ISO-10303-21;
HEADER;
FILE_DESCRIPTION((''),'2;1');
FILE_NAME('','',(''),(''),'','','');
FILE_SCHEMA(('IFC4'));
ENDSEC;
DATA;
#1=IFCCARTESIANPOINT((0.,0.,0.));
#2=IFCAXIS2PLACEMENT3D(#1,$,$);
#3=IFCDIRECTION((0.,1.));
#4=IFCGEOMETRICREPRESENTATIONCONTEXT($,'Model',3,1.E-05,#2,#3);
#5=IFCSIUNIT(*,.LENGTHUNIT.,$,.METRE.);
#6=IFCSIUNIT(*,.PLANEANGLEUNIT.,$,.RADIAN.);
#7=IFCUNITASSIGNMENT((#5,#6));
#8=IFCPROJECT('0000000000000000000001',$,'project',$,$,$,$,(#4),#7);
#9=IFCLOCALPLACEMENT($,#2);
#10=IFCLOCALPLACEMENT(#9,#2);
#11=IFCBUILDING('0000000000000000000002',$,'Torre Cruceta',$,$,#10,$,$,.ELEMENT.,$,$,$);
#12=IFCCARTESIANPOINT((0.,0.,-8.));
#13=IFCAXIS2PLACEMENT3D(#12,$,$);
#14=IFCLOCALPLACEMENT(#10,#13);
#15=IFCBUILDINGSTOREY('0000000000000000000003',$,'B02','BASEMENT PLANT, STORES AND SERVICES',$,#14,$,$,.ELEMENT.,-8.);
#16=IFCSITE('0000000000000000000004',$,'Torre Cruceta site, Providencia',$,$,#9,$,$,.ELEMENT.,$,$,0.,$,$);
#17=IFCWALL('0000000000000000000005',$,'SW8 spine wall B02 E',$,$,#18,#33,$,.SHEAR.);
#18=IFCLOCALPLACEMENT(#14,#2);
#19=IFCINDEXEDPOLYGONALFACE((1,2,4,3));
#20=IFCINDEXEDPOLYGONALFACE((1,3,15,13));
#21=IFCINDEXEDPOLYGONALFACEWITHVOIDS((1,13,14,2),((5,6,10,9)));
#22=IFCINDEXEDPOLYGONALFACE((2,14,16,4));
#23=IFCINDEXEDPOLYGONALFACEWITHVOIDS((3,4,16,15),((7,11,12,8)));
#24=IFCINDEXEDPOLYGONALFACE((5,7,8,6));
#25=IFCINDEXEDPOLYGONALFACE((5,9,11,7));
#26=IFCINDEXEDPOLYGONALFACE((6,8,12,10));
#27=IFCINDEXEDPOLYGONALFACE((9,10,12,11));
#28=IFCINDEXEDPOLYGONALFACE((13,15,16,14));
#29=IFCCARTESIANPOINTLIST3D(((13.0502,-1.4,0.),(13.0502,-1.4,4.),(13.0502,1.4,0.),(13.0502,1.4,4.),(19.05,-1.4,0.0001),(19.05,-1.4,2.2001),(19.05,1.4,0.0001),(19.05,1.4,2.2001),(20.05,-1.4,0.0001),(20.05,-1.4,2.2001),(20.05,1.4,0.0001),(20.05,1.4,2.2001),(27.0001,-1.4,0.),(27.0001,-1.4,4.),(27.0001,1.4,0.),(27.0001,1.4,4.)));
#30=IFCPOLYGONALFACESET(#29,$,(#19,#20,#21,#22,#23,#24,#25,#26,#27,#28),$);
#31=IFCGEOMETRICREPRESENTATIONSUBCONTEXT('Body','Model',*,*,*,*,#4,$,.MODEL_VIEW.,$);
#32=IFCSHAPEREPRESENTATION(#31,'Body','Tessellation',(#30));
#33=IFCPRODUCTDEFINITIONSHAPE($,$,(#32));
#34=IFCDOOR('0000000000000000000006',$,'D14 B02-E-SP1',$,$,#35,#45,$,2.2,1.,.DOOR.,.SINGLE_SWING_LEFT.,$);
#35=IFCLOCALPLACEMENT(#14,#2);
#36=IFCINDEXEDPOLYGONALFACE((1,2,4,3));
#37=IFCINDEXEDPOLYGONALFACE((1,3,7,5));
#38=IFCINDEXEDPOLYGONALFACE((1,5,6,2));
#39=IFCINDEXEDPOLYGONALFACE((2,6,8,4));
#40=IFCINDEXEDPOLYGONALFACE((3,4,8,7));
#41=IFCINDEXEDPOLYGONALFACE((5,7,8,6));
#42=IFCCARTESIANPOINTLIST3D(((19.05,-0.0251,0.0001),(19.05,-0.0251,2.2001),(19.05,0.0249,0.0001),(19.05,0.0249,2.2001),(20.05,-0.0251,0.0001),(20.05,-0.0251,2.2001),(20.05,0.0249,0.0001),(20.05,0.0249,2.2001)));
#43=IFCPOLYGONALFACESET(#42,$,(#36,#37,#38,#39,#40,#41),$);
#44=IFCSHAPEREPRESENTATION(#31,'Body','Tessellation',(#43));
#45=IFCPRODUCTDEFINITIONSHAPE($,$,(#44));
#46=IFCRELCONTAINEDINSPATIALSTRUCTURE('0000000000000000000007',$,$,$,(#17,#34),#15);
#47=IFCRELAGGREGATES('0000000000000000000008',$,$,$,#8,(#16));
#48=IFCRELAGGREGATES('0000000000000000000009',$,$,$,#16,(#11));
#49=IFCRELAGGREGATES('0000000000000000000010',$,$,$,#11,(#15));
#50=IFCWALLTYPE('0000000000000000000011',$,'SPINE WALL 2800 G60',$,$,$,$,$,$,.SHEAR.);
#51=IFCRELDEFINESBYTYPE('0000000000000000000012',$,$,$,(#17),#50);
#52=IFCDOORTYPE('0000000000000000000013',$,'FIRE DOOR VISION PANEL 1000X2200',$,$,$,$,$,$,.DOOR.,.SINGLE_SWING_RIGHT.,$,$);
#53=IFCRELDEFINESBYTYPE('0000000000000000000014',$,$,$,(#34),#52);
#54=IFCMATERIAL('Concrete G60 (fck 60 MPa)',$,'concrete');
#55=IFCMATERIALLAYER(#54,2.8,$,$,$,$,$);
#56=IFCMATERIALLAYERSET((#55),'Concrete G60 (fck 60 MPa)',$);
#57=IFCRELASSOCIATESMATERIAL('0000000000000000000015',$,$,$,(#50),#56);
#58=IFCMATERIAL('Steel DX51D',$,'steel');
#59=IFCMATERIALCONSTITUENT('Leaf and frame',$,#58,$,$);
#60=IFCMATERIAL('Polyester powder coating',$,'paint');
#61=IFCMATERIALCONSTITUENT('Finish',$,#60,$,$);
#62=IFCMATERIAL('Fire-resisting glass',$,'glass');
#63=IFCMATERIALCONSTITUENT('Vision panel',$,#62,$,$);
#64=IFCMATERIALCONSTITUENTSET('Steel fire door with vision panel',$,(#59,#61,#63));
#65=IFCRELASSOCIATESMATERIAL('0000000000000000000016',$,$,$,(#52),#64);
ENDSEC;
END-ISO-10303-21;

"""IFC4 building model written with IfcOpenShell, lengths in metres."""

from ifc_helpers import new_model, si_unit, direction, frame, frame_2d, origin, place, context, subcontext, project, spatial, rectangle, extrude, material, layer, layer_set, constituent, constituent_set, type_object, element, fill, save


model = new_model("IFC4")

# Units and contexts
model_context = context("Model", 3, precision=1e-05, world=origin(), true_north=direction((0.0, 1.0)))
body_context = subcontext(model_context, "Body", "Model", "MODEL_VIEW")
ifc_project = project(units=[si_unit("LENGTHUNIT", "METRE"), si_unit("PLANEANGLEUNIT", "RADIAN")], contexts=[model_context])

# Site, building, storey
site_placement = place(None, origin())
site = spatial("IfcSite", under=ifc_project, at=site_placement, Name="Torre Cruceta site, Providencia", CompositionType="ELEMENT", RefElevation=0.0)
building_placement = place(site_placement, origin())
building = spatial("IfcBuilding", under=site, at=building_placement, Name="Torre Cruceta", CompositionType="ELEMENT")
storey_placement = place(building_placement, frame((0.0, 0.0, -8.0)))
storey = spatial("IfcBuildingStorey", under=building, at=storey_placement, Name="B02", Description="BASEMENT PLANT, STORES AND SERVICES", CompositionType="ELEMENT", Elevation=-8.0)

# Wall, opening, door
ifc_material_1 = material(Name="Concrete G60 (fck 60 MPa)", Category="concrete")
ifc_layer_1 = layer(ifc_material_1, 2.8)
ifc_layer_set_1 = layer_set([ifc_layer_1], Name="Concrete G60 (fck 60 MPa)")
wall_type_1 = type_object("IfcWallType", Name="SPINE WALL 2800 G60", PredefinedType="SHEAR", material=ifc_layer_set_1)
wall_1_placement = place(storey_placement, frame((13.05, 0.0, 0.0), z_axis=(0.0, 0.0, 1.0), x_axis=(1.0, 0.0, 0.0)))
wall_1 = element("IfcWall", 1, at=wall_1_placement, inside=storey, type_object=wall_type_1, Name="SW8 spine wall B02 E", PredefinedType="SHEAR", context=body_context, shape_type="SweptSolid", body=[
    extrude(rectangle(XDim=13.95, YDim=2.8, at=frame_2d((6.9751, 0.0))), origin(), (0.0, 0.0, 1.0), 4.0),
])
opening_placement = place(wall_1_placement, frame((6.0, 0.0, 0.0)))
opening = element("IfcOpeningElement", 2, at=opening_placement, cuts=wall_1, PredefinedType="OPENING", context=body_context, shape_type="SweptSolid", body=[
    extrude(rectangle(XDim=1.0, YDim=2.2, at=frame_2d((0.5, 1.1001))), frame((0.0, 1.4099, 0.0), z_axis=(0.0, -1.0, 0.0), x_axis=(1.0, 0.0, 0.0)), (0.0, 0.0, 1.0), 2.8201),
])
ifc_material_2 = material(Name="Steel DX51D", Category="steel")
ifc_constituent_1 = constituent(ifc_material_2, Name="Leaf and frame")
ifc_material_3 = material(Name="Polyester powder coating", Category="paint")
ifc_constituent_2 = constituent(ifc_material_3, Name="Finish")
ifc_material_4 = material(Name="Fire-resisting glass", Category="glass")
ifc_constituent_3 = constituent(ifc_material_4, Name="Vision panel")
ifc_constituent_set = constituent_set(constituents=[ifc_constituent_1, ifc_constituent_2, ifc_constituent_3], Name="Steel fire door with vision panel")
door_type = type_object("IfcDoorType", Name="FIRE DOOR VISION PANEL 1000X2200", OperationType="SINGLE_SWING_RIGHT", PredefinedType="DOOR", material=ifc_constituent_set)
door_placement = place(opening_placement, frame((1.0, 0.0, 0.0), z_axis=(0.0, 0.0, 1.0), x_axis=(-1.0, 0.0, 0.0)))
door = element("IfcDoor", 3, at=door_placement, inside=storey, type_object=door_type, Name="D14 B02-E-SP1", OperationType="SINGLE_SWING_LEFT", OverallHeight=2.2, OverallWidth=1.0, PredefinedType="DOOR", context=body_context, shape_type="SweptSolid", body=[
    extrude(rectangle(XDim=1.0, YDim=2.2, at=frame_2d((0.5, 1.1001))), frame((0.0, 0.0251, 0.0), z_axis=(0.0, -1.0, 0.0), x_axis=(1.0, 0.0, 0.0)), (0.0, 0.0, 1.0), 0.05),
])
fill(opening, door)

save(model, "model.ifc")
